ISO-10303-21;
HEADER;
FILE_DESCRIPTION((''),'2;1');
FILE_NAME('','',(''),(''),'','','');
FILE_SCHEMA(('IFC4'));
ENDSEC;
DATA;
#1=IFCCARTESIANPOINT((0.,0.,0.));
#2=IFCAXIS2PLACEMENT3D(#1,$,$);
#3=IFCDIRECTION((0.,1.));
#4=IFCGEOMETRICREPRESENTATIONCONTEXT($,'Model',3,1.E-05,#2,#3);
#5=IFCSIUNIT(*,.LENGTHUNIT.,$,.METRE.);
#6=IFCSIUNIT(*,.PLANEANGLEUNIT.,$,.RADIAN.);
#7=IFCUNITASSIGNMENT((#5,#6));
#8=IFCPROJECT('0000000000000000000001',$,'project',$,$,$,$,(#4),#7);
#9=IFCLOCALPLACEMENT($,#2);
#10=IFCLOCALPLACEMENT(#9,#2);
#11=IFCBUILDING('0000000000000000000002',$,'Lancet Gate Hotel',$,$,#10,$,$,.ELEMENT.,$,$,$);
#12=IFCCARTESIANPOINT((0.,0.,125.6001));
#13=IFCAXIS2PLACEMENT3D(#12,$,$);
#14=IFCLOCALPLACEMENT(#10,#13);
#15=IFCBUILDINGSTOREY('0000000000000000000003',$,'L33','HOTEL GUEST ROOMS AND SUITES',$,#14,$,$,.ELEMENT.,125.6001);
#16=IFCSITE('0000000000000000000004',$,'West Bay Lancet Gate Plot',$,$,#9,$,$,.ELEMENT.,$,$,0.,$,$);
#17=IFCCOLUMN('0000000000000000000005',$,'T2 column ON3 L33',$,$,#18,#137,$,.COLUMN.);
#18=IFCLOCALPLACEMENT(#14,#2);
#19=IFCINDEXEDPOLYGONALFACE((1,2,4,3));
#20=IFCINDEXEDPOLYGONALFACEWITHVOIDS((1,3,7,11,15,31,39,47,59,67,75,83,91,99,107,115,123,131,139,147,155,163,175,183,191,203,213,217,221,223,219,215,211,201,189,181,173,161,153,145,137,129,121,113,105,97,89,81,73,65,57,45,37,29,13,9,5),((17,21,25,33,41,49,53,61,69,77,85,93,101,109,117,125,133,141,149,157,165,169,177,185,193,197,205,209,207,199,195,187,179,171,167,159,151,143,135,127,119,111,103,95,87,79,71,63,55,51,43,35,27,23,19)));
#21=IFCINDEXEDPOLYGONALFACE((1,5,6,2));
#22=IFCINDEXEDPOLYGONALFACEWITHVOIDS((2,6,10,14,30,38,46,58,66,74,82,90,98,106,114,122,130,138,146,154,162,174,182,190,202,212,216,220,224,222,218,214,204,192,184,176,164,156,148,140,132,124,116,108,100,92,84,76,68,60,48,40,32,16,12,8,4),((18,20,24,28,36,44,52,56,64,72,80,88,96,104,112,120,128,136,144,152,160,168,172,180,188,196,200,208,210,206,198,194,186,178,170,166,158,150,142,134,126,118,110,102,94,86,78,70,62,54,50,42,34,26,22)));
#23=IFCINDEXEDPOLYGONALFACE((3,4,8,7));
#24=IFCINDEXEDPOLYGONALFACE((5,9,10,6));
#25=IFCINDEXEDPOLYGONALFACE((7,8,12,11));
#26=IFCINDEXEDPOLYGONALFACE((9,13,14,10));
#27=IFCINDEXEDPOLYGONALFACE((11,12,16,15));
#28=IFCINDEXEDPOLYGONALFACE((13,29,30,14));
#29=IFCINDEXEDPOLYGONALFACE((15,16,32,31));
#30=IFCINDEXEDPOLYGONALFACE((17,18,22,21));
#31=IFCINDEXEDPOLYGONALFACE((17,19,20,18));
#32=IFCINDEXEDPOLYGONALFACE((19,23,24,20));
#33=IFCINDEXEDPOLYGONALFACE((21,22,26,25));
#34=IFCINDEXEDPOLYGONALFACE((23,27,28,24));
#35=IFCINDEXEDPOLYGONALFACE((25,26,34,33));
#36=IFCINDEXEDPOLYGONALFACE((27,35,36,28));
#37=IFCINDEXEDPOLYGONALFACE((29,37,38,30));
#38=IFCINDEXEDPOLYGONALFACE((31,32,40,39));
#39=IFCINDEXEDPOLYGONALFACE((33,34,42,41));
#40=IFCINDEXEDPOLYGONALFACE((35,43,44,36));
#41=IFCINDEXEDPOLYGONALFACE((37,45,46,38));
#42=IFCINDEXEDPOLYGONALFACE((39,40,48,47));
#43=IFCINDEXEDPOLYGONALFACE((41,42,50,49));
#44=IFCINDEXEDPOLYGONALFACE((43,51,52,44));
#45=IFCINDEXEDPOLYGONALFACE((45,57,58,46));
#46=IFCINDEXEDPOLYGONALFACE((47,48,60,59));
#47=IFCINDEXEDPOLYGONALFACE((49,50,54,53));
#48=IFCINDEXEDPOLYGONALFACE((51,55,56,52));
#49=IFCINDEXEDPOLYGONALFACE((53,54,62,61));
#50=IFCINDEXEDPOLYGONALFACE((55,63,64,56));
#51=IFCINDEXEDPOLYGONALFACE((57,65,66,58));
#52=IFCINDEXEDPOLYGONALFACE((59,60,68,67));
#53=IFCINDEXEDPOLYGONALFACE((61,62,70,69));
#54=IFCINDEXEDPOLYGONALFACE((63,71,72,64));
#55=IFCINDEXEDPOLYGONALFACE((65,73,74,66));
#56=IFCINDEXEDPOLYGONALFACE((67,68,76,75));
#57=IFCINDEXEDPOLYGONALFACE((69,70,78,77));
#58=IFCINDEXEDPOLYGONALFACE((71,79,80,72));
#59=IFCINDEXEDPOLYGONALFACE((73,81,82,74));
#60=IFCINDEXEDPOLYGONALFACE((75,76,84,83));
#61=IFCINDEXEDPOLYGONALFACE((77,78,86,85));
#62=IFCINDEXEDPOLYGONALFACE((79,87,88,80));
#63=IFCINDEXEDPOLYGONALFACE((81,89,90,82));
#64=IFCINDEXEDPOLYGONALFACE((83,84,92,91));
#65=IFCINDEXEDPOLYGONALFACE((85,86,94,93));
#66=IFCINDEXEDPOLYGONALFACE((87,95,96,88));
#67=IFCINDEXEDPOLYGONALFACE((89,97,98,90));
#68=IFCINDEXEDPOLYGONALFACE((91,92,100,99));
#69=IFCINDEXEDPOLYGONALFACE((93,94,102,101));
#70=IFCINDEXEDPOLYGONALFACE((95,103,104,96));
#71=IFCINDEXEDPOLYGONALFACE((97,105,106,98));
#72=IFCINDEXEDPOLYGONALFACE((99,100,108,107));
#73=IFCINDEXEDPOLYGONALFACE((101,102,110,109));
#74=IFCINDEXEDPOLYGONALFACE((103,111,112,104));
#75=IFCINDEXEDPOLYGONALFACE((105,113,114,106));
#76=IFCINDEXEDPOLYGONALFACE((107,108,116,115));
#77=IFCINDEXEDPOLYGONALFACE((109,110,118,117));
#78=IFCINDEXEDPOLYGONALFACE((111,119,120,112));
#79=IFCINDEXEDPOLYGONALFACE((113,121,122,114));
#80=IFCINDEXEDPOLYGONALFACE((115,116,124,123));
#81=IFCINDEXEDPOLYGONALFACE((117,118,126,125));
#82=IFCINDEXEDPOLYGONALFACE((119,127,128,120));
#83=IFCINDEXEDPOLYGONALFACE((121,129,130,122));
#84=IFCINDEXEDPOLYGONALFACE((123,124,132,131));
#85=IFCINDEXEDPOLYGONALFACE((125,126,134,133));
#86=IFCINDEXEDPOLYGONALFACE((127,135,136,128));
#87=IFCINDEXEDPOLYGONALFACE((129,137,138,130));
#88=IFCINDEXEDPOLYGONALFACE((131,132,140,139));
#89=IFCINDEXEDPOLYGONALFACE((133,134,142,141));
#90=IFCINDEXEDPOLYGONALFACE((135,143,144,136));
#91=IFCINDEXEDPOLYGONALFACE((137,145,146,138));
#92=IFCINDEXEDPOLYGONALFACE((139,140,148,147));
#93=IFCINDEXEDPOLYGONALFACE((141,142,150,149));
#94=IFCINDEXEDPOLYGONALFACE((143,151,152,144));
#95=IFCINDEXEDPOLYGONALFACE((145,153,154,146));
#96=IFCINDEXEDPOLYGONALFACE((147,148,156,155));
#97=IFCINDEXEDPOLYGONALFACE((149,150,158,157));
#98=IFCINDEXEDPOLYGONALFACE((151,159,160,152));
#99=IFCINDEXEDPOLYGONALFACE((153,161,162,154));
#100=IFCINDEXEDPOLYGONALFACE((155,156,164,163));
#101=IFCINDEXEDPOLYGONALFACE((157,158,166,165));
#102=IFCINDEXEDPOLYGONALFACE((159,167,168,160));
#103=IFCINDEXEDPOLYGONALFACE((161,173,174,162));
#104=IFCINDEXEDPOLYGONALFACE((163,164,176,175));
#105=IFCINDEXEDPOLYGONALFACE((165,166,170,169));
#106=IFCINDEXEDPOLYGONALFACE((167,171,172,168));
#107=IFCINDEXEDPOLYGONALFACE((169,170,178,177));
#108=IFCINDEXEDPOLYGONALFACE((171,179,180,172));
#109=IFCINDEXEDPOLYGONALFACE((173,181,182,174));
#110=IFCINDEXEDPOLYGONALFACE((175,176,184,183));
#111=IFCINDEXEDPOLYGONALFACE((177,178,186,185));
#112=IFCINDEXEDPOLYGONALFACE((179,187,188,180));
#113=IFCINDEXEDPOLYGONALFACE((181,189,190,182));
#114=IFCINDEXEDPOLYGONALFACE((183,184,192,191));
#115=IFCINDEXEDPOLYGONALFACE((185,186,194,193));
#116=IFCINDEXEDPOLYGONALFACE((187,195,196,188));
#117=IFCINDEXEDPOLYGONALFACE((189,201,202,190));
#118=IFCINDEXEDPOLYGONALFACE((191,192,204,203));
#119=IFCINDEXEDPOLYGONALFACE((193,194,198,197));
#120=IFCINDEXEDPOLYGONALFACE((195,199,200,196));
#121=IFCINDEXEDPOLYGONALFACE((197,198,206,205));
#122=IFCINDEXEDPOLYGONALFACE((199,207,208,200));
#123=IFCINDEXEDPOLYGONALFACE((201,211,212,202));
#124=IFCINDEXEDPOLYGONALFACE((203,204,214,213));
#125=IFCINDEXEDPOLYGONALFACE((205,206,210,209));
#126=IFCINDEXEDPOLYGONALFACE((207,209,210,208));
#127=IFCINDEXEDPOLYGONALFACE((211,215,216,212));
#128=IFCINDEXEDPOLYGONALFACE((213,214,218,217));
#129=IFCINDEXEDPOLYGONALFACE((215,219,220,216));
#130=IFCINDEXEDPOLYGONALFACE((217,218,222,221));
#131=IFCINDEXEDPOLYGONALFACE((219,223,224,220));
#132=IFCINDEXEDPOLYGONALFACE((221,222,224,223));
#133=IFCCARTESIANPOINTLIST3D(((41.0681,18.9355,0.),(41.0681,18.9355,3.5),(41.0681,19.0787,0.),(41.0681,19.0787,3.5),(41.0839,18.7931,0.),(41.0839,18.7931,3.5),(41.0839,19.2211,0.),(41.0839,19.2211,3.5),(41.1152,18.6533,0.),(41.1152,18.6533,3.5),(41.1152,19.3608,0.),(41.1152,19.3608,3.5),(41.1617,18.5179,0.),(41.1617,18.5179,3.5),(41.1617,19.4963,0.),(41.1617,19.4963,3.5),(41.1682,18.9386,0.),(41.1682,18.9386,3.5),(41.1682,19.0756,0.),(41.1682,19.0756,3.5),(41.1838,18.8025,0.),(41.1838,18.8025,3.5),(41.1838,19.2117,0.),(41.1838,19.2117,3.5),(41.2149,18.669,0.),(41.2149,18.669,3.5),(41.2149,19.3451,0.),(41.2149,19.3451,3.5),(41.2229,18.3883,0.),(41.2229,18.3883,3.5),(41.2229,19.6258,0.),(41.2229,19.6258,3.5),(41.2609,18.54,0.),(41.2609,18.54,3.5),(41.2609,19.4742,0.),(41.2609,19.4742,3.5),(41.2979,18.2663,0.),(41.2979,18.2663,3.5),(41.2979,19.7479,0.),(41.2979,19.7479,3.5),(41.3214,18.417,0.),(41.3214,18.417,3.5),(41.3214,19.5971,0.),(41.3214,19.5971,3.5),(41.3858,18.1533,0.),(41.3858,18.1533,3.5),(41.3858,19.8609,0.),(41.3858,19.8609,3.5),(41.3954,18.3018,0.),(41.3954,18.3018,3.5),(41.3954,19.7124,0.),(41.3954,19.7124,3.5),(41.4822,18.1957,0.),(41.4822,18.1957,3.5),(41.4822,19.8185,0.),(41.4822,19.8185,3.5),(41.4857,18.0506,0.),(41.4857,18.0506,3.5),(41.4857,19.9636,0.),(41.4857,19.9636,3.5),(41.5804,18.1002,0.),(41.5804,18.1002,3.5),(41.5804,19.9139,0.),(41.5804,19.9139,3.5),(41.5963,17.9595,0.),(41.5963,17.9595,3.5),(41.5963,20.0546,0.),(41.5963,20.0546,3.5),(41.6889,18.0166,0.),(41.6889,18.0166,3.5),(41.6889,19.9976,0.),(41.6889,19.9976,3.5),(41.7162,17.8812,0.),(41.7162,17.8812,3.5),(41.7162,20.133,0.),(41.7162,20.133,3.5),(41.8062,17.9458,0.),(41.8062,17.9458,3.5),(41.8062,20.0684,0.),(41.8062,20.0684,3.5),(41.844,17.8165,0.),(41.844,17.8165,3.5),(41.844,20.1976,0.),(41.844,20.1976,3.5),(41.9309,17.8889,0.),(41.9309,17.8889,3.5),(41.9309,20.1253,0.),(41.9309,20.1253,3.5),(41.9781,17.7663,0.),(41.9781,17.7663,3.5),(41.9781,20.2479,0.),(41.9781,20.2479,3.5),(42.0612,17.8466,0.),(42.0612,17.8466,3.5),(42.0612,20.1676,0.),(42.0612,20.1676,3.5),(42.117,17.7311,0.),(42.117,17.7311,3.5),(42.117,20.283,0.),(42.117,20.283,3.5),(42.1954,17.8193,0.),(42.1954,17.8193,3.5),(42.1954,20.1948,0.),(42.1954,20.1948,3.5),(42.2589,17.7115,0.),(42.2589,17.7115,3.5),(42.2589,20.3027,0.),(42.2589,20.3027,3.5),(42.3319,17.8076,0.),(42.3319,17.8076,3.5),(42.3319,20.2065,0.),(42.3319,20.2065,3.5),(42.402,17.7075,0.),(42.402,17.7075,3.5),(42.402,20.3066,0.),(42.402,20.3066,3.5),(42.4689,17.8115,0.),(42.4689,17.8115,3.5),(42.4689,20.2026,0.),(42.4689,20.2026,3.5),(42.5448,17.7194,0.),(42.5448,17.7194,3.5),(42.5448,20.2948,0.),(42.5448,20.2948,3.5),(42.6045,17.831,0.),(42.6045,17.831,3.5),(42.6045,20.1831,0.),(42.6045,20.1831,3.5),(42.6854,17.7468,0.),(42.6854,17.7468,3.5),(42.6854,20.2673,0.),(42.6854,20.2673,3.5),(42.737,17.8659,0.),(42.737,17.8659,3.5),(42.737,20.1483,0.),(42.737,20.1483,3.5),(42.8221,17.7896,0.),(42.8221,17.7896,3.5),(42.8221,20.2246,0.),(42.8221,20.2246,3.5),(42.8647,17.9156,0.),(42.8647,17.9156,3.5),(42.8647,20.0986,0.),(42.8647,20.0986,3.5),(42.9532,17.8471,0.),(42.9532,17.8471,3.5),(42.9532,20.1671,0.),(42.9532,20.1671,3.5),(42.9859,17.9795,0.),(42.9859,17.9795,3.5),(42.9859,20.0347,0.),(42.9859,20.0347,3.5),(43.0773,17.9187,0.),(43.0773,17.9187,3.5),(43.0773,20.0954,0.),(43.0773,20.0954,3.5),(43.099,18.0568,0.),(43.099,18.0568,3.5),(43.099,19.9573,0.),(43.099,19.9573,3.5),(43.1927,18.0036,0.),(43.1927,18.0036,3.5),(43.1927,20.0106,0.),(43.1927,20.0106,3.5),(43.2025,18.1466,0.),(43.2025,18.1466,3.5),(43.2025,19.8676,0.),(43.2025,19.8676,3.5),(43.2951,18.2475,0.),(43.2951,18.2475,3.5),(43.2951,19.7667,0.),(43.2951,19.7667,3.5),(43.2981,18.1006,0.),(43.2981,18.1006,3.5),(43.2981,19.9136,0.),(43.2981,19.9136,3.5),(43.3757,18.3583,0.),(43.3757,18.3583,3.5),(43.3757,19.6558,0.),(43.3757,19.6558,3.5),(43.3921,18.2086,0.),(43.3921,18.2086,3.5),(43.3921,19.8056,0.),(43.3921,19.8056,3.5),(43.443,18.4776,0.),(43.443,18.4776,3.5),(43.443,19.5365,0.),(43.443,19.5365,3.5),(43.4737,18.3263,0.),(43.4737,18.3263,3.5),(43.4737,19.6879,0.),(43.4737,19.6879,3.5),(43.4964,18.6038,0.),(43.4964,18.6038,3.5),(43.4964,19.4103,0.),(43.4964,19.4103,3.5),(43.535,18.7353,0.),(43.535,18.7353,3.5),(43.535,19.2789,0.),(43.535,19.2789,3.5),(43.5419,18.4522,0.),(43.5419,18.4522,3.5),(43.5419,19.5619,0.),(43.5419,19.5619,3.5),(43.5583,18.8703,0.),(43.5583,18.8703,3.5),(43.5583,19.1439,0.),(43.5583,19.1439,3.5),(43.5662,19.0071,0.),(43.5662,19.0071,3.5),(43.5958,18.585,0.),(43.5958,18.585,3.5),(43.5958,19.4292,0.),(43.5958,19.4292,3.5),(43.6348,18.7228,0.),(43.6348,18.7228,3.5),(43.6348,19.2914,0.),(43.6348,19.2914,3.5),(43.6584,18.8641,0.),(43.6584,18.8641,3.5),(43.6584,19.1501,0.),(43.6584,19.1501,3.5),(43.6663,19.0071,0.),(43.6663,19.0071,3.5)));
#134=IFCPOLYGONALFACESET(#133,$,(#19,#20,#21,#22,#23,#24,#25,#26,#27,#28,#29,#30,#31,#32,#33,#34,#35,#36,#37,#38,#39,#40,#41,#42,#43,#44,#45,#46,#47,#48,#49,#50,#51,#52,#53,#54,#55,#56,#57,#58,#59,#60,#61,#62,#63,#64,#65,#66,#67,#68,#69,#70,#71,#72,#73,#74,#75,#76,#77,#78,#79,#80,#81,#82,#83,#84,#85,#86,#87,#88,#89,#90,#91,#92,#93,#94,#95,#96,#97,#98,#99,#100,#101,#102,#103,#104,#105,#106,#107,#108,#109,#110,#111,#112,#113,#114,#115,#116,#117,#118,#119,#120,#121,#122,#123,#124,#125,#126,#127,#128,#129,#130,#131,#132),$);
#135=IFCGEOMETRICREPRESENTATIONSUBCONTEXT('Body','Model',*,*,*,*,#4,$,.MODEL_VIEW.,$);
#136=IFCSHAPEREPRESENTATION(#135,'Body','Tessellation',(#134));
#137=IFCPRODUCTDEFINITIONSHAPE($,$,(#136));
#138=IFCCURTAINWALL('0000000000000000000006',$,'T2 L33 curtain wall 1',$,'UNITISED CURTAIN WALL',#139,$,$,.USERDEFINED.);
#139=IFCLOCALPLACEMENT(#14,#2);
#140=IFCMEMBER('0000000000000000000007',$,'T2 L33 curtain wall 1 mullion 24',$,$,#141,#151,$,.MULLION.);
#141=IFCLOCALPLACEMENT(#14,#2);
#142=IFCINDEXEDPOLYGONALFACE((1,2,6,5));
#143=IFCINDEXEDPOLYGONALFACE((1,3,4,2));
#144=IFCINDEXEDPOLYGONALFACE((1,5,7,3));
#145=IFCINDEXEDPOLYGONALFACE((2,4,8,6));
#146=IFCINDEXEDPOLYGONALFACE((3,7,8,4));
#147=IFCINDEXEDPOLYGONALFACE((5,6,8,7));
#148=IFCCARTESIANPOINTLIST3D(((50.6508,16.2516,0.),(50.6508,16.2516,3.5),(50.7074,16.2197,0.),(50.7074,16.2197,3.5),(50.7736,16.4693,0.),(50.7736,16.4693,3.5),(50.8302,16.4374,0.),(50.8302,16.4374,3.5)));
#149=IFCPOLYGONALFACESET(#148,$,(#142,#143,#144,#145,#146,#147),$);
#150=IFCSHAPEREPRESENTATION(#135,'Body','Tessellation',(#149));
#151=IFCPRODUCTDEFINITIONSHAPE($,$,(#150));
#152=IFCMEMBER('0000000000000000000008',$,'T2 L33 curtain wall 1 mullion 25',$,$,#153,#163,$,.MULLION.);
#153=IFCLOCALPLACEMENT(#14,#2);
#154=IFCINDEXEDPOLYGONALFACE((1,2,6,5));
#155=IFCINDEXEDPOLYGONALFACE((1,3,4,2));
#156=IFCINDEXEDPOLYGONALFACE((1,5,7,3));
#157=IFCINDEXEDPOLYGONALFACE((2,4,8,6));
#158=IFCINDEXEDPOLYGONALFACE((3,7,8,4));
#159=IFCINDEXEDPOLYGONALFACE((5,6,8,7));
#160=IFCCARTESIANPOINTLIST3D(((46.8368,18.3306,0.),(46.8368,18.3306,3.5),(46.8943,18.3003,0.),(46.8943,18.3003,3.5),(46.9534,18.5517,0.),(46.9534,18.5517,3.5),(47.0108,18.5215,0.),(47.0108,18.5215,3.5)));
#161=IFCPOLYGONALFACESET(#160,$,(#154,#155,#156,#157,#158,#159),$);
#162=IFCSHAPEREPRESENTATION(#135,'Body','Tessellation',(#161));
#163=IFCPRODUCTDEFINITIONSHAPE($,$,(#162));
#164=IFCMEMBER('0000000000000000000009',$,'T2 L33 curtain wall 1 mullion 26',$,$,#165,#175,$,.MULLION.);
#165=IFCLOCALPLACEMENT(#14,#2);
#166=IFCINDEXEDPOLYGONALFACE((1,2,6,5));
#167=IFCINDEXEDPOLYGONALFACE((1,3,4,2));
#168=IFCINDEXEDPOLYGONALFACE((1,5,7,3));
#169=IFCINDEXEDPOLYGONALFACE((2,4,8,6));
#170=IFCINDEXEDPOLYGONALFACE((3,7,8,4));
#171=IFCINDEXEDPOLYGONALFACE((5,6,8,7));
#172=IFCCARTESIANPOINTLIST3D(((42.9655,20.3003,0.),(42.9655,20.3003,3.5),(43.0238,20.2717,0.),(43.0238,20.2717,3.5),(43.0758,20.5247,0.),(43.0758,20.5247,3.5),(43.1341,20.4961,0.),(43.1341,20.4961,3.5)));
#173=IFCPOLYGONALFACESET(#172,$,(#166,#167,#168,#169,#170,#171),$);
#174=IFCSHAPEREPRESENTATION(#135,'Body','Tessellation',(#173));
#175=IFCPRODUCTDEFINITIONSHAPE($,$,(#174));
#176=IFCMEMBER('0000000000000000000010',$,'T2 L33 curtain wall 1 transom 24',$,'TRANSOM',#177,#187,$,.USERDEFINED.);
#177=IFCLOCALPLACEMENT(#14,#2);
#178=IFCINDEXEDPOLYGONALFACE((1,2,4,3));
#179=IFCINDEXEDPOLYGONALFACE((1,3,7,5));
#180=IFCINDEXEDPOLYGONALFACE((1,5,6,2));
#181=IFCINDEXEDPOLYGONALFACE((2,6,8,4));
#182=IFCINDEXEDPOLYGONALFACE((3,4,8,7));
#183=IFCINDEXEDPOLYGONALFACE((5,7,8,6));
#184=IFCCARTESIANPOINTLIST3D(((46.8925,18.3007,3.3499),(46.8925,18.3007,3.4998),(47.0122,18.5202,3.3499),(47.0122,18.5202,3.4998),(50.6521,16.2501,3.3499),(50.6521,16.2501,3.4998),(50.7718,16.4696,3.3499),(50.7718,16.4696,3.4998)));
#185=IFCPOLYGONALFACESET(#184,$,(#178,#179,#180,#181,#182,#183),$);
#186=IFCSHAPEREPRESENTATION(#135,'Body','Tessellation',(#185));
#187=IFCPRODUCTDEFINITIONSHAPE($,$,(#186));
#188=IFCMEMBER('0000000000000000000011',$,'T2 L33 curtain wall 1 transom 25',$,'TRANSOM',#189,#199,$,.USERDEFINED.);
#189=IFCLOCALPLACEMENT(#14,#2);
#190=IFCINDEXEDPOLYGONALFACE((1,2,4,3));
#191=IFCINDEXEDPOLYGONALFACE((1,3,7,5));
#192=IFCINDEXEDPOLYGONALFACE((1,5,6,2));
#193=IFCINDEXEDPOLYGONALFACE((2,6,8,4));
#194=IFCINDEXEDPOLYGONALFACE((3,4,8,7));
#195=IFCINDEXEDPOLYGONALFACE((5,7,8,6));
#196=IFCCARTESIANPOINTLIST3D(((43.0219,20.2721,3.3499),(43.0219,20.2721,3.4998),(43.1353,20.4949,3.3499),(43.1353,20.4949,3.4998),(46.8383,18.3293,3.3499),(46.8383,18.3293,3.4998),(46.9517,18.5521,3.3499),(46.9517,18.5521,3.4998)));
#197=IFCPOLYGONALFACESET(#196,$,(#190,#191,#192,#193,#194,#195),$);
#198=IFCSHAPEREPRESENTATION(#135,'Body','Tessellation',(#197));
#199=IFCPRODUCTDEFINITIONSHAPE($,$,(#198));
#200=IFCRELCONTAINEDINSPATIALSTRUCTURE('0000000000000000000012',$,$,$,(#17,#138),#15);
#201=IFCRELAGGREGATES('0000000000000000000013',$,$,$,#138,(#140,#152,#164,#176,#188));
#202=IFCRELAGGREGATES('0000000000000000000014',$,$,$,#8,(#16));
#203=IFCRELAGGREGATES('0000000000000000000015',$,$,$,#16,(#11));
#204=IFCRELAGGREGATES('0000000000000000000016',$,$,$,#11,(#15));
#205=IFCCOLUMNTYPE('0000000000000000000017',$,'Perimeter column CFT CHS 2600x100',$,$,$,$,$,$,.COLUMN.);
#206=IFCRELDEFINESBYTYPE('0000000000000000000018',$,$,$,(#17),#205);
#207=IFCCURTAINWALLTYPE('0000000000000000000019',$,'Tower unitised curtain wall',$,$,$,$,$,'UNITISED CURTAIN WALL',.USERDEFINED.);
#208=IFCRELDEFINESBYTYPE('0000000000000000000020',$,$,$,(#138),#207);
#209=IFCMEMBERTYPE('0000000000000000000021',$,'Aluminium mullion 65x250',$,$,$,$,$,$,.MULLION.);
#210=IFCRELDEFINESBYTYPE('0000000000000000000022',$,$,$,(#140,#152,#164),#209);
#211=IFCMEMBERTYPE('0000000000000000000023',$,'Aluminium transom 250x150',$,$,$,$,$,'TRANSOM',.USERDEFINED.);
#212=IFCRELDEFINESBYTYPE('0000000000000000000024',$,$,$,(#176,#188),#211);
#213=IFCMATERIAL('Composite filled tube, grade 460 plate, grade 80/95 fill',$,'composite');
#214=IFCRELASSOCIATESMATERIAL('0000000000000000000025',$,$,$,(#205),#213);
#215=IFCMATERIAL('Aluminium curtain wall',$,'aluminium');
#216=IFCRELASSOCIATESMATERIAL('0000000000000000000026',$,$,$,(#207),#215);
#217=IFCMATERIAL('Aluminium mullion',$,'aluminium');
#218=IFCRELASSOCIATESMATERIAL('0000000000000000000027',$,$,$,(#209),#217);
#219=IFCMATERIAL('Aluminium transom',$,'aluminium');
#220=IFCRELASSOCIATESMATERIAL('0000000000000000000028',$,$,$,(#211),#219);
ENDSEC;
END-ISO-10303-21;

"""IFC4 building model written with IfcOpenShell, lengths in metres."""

from ifc_helpers import new_model, si_unit, direction, frame, origin, origin_2d, place, context, subcontext, project, spatial, rectangle, hollow_circle, extrude, material, material_profile, profile_set, type_object, element, aggregate, save


model = new_model("IFC4")

# Units and contexts
model_context = context("Model", 3, precision=1e-05, world=origin(), true_north=direction((0.0, 1.0)))
body_context = subcontext(model_context, "Body", "Model", "MODEL_VIEW")
ifc_project = project(units=[si_unit("LENGTHUNIT", "METRE"), si_unit("PLANEANGLEUNIT", "RADIAN")], contexts=[model_context])

# Site, building, storey
site_placement = place(None, origin())
site = spatial("IfcSite", under=ifc_project, at=site_placement, Name="West Bay Lancet Gate Plot", CompositionType="ELEMENT", RefElevation=0.0)
building_placement = place(site_placement, origin())
building = spatial("IfcBuilding", under=site, at=building_placement, Name="Lancet Gate Hotel", CompositionType="ELEMENT")
storey_placement = place(building_placement, frame((0.0, 0.0, 125.6001)))
storey = spatial("IfcBuildingStorey", under=building, at=storey_placement, Name="L33", Description="HOTEL GUEST ROOMS AND SUITES", CompositionType="ELEMENT", Elevation=125.6001)

# Column
ifc_material_1 = material(Name="Composite filled tube, grade 460 plate, grade 80/95 fill", Category="composite")
ifc_material_profile_1 = material_profile(ifc_material_1, hollow_circle(Radius=1.3, WallThickness=0.1001, at=origin_2d()), Name="CHS 2600x100")
ifc_profile_set_1 = profile_set([ifc_material_profile_1], Name="Composite filled tube, grade 460 plate, grade 80/95 fill")
column_type = type_object("IfcColumnType", Name="Perimeter column CFT CHS 2600x100", PredefinedType="COLUMN", material=ifc_profile_set_1)
for number, where, z_axis, x_axis, name in (
    (1, (42.3662, 19.0071, 0.0), (0.0, 0.0, 1.0), (1.0, 0.0, 0.0), "T2 column ON3 L33"),
):
    element("IfcColumn", number, at=place(storey_placement, frame(where, z_axis=z_axis, x_axis=x_axis)), inside=storey, type_object=column_type, Name=name, PredefinedType="COLUMN", context=body_context, shape_type="SweptSolid", body=[
        extrude(hollow_circle(Radius=1.3, WallThickness=0.1001, at=origin_2d()), origin(), (0.0, 0.0, 1.0), 3.5),
    ])

# Curtain wall, members
ifc_material_2 = material(Name="Aluminium curtain wall", Category="aluminium")
curtain_wall_type = type_object("IfcCurtainWallType", Name="Tower unitised curtain wall", ElementType="UNITISED CURTAIN WALL", PredefinedType="USERDEFINED", material=ifc_material_2)
curtain_wall_placement = place(storey_placement, origin())
curtain_wall = element("IfcCurtainWall", 2, at=curtain_wall_placement, inside=storey, type_object=curtain_wall_type, Name="T2 L33 curtain wall 1", ObjectType="UNITISED CURTAIN WALL", PredefinedType="USERDEFINED")
ifc_material_3 = material(Name="Aluminium mullion", Category="aluminium")
ifc_material_profile_2 = material_profile(ifc_material_3, rectangle(XDim=0.0649, YDim=0.25, at=origin_2d()), Name="MULLION 65x250")
ifc_profile_set_2 = profile_set([ifc_material_profile_2], Name="Aluminium mullion")
member_type_1 = type_object("IfcMemberType", Name="Aluminium mullion 65x250", PredefinedType="MULLION", material=ifc_profile_set_2)
member_1_placement = place(storey_placement, frame((50.7405, 16.3445, 0.0), z_axis=(0.0, 0.0, 1.0), x_axis=(-0.871029, 0.491232, 0.0)))
member_1 = element("IfcMember", 3, at=member_1_placement, type_object=member_type_1, Name="T2 L33 curtain wall 1 mullion 24", PredefinedType="MULLION", context=body_context, shape_type="SweptSolid", body=[
    extrude(rectangle(XDim=0.0649, YDim=0.25, at=origin_2d()), origin(), (0.0, 0.0, 1.0), 3.5),
])
member_2_placement = place(storey_placement, frame((46.9238, 18.426, 0.0), z_axis=(0.0, 0.0, 1.0), x_axis=(-0.884627, 0.466299, 0.0)))
member_2 = element("IfcMember", 4, at=member_2_placement, type_object=member_type_1, Name="T2 L33 curtain wall 1 mullion 25", PredefinedType="MULLION", context=body_context, shape_type="SweptSolid", body=[
    extrude(rectangle(XDim=0.0649, YDim=0.25, at=origin_2d()), origin(), (0.0, 0.0, 1.0), 3.5),
])
member_3_placement = place(storey_placement, frame((43.0498, 20.3982, 0.0), z_axis=(0.0, 0.0, 1.0), x_axis=(-0.897512, 0.44099, 0.0)))
member_3 = element("IfcMember", 5, at=member_3_placement, type_object=member_type_1, Name="T2 L33 curtain wall 1 mullion 26", PredefinedType="MULLION", context=body_context, shape_type="SweptSolid", body=[
    extrude(rectangle(XDim=0.0649, YDim=0.25, at=origin_2d()), origin(), (0.0, 0.0, 1.0), 3.5),
])
ifc_material_4 = material(Name="Aluminium transom", Category="aluminium")
ifc_material_profile_3 = material_profile(ifc_material_4, rectangle(XDim=0.25, YDim=0.1499, at=origin_2d()), Name="TRANSOM 250x150")
ifc_profile_set_3 = profile_set([ifc_material_profile_3], Name="Aluminium transom")
member_type_2 = type_object("IfcMemberType", Name="Aluminium transom 250x150", ElementType="TRANSOM", PredefinedType="USERDEFINED", material=ifc_profile_set_3)
member_4_placement = place(storey_placement, frame((50.7119, 16.3599, 3.4248), z_axis=(-0.877906, 0.478832, 0.0), x_axis=(-0.478832, -0.877906, 0.0)))
member_4 = element("IfcMember", 6, at=member_4_placement, type_object=member_type_2, Name="T2 L33 curtain wall 1 transom 24", ObjectType="TRANSOM", PredefinedType="USERDEFINED", context=body_context, shape_type="SweptSolid", body=[
    extrude(rectangle(XDim=0.25, YDim=0.1499, at=origin_2d()), origin(), (0.0, 0.0, 1.0), 4.2825),
])
member_5_placement = place(storey_placement, frame((46.895, 18.4407, 3.4248), z_axis=(-0.891166, 0.453678, 0.0), x_axis=(-0.453678, -0.891166, 0.0)))
member_5 = element("IfcMember", 7, at=member_5_placement, type_object=member_type_2, Name="T2 L33 curtain wall 1 transom 25", ObjectType="TRANSOM", PredefinedType="USERDEFINED", context=body_context, shape_type="SweptSolid", body=[
    extrude(rectangle(XDim=0.25, YDim=0.1499, at=origin_2d()), origin(), (0.0, 0.0, 1.0), 4.2825),
])

aggregate(curtain_wall, [member_1, member_2, member_3, member_4, member_5])

save(model, "model.ifc")
